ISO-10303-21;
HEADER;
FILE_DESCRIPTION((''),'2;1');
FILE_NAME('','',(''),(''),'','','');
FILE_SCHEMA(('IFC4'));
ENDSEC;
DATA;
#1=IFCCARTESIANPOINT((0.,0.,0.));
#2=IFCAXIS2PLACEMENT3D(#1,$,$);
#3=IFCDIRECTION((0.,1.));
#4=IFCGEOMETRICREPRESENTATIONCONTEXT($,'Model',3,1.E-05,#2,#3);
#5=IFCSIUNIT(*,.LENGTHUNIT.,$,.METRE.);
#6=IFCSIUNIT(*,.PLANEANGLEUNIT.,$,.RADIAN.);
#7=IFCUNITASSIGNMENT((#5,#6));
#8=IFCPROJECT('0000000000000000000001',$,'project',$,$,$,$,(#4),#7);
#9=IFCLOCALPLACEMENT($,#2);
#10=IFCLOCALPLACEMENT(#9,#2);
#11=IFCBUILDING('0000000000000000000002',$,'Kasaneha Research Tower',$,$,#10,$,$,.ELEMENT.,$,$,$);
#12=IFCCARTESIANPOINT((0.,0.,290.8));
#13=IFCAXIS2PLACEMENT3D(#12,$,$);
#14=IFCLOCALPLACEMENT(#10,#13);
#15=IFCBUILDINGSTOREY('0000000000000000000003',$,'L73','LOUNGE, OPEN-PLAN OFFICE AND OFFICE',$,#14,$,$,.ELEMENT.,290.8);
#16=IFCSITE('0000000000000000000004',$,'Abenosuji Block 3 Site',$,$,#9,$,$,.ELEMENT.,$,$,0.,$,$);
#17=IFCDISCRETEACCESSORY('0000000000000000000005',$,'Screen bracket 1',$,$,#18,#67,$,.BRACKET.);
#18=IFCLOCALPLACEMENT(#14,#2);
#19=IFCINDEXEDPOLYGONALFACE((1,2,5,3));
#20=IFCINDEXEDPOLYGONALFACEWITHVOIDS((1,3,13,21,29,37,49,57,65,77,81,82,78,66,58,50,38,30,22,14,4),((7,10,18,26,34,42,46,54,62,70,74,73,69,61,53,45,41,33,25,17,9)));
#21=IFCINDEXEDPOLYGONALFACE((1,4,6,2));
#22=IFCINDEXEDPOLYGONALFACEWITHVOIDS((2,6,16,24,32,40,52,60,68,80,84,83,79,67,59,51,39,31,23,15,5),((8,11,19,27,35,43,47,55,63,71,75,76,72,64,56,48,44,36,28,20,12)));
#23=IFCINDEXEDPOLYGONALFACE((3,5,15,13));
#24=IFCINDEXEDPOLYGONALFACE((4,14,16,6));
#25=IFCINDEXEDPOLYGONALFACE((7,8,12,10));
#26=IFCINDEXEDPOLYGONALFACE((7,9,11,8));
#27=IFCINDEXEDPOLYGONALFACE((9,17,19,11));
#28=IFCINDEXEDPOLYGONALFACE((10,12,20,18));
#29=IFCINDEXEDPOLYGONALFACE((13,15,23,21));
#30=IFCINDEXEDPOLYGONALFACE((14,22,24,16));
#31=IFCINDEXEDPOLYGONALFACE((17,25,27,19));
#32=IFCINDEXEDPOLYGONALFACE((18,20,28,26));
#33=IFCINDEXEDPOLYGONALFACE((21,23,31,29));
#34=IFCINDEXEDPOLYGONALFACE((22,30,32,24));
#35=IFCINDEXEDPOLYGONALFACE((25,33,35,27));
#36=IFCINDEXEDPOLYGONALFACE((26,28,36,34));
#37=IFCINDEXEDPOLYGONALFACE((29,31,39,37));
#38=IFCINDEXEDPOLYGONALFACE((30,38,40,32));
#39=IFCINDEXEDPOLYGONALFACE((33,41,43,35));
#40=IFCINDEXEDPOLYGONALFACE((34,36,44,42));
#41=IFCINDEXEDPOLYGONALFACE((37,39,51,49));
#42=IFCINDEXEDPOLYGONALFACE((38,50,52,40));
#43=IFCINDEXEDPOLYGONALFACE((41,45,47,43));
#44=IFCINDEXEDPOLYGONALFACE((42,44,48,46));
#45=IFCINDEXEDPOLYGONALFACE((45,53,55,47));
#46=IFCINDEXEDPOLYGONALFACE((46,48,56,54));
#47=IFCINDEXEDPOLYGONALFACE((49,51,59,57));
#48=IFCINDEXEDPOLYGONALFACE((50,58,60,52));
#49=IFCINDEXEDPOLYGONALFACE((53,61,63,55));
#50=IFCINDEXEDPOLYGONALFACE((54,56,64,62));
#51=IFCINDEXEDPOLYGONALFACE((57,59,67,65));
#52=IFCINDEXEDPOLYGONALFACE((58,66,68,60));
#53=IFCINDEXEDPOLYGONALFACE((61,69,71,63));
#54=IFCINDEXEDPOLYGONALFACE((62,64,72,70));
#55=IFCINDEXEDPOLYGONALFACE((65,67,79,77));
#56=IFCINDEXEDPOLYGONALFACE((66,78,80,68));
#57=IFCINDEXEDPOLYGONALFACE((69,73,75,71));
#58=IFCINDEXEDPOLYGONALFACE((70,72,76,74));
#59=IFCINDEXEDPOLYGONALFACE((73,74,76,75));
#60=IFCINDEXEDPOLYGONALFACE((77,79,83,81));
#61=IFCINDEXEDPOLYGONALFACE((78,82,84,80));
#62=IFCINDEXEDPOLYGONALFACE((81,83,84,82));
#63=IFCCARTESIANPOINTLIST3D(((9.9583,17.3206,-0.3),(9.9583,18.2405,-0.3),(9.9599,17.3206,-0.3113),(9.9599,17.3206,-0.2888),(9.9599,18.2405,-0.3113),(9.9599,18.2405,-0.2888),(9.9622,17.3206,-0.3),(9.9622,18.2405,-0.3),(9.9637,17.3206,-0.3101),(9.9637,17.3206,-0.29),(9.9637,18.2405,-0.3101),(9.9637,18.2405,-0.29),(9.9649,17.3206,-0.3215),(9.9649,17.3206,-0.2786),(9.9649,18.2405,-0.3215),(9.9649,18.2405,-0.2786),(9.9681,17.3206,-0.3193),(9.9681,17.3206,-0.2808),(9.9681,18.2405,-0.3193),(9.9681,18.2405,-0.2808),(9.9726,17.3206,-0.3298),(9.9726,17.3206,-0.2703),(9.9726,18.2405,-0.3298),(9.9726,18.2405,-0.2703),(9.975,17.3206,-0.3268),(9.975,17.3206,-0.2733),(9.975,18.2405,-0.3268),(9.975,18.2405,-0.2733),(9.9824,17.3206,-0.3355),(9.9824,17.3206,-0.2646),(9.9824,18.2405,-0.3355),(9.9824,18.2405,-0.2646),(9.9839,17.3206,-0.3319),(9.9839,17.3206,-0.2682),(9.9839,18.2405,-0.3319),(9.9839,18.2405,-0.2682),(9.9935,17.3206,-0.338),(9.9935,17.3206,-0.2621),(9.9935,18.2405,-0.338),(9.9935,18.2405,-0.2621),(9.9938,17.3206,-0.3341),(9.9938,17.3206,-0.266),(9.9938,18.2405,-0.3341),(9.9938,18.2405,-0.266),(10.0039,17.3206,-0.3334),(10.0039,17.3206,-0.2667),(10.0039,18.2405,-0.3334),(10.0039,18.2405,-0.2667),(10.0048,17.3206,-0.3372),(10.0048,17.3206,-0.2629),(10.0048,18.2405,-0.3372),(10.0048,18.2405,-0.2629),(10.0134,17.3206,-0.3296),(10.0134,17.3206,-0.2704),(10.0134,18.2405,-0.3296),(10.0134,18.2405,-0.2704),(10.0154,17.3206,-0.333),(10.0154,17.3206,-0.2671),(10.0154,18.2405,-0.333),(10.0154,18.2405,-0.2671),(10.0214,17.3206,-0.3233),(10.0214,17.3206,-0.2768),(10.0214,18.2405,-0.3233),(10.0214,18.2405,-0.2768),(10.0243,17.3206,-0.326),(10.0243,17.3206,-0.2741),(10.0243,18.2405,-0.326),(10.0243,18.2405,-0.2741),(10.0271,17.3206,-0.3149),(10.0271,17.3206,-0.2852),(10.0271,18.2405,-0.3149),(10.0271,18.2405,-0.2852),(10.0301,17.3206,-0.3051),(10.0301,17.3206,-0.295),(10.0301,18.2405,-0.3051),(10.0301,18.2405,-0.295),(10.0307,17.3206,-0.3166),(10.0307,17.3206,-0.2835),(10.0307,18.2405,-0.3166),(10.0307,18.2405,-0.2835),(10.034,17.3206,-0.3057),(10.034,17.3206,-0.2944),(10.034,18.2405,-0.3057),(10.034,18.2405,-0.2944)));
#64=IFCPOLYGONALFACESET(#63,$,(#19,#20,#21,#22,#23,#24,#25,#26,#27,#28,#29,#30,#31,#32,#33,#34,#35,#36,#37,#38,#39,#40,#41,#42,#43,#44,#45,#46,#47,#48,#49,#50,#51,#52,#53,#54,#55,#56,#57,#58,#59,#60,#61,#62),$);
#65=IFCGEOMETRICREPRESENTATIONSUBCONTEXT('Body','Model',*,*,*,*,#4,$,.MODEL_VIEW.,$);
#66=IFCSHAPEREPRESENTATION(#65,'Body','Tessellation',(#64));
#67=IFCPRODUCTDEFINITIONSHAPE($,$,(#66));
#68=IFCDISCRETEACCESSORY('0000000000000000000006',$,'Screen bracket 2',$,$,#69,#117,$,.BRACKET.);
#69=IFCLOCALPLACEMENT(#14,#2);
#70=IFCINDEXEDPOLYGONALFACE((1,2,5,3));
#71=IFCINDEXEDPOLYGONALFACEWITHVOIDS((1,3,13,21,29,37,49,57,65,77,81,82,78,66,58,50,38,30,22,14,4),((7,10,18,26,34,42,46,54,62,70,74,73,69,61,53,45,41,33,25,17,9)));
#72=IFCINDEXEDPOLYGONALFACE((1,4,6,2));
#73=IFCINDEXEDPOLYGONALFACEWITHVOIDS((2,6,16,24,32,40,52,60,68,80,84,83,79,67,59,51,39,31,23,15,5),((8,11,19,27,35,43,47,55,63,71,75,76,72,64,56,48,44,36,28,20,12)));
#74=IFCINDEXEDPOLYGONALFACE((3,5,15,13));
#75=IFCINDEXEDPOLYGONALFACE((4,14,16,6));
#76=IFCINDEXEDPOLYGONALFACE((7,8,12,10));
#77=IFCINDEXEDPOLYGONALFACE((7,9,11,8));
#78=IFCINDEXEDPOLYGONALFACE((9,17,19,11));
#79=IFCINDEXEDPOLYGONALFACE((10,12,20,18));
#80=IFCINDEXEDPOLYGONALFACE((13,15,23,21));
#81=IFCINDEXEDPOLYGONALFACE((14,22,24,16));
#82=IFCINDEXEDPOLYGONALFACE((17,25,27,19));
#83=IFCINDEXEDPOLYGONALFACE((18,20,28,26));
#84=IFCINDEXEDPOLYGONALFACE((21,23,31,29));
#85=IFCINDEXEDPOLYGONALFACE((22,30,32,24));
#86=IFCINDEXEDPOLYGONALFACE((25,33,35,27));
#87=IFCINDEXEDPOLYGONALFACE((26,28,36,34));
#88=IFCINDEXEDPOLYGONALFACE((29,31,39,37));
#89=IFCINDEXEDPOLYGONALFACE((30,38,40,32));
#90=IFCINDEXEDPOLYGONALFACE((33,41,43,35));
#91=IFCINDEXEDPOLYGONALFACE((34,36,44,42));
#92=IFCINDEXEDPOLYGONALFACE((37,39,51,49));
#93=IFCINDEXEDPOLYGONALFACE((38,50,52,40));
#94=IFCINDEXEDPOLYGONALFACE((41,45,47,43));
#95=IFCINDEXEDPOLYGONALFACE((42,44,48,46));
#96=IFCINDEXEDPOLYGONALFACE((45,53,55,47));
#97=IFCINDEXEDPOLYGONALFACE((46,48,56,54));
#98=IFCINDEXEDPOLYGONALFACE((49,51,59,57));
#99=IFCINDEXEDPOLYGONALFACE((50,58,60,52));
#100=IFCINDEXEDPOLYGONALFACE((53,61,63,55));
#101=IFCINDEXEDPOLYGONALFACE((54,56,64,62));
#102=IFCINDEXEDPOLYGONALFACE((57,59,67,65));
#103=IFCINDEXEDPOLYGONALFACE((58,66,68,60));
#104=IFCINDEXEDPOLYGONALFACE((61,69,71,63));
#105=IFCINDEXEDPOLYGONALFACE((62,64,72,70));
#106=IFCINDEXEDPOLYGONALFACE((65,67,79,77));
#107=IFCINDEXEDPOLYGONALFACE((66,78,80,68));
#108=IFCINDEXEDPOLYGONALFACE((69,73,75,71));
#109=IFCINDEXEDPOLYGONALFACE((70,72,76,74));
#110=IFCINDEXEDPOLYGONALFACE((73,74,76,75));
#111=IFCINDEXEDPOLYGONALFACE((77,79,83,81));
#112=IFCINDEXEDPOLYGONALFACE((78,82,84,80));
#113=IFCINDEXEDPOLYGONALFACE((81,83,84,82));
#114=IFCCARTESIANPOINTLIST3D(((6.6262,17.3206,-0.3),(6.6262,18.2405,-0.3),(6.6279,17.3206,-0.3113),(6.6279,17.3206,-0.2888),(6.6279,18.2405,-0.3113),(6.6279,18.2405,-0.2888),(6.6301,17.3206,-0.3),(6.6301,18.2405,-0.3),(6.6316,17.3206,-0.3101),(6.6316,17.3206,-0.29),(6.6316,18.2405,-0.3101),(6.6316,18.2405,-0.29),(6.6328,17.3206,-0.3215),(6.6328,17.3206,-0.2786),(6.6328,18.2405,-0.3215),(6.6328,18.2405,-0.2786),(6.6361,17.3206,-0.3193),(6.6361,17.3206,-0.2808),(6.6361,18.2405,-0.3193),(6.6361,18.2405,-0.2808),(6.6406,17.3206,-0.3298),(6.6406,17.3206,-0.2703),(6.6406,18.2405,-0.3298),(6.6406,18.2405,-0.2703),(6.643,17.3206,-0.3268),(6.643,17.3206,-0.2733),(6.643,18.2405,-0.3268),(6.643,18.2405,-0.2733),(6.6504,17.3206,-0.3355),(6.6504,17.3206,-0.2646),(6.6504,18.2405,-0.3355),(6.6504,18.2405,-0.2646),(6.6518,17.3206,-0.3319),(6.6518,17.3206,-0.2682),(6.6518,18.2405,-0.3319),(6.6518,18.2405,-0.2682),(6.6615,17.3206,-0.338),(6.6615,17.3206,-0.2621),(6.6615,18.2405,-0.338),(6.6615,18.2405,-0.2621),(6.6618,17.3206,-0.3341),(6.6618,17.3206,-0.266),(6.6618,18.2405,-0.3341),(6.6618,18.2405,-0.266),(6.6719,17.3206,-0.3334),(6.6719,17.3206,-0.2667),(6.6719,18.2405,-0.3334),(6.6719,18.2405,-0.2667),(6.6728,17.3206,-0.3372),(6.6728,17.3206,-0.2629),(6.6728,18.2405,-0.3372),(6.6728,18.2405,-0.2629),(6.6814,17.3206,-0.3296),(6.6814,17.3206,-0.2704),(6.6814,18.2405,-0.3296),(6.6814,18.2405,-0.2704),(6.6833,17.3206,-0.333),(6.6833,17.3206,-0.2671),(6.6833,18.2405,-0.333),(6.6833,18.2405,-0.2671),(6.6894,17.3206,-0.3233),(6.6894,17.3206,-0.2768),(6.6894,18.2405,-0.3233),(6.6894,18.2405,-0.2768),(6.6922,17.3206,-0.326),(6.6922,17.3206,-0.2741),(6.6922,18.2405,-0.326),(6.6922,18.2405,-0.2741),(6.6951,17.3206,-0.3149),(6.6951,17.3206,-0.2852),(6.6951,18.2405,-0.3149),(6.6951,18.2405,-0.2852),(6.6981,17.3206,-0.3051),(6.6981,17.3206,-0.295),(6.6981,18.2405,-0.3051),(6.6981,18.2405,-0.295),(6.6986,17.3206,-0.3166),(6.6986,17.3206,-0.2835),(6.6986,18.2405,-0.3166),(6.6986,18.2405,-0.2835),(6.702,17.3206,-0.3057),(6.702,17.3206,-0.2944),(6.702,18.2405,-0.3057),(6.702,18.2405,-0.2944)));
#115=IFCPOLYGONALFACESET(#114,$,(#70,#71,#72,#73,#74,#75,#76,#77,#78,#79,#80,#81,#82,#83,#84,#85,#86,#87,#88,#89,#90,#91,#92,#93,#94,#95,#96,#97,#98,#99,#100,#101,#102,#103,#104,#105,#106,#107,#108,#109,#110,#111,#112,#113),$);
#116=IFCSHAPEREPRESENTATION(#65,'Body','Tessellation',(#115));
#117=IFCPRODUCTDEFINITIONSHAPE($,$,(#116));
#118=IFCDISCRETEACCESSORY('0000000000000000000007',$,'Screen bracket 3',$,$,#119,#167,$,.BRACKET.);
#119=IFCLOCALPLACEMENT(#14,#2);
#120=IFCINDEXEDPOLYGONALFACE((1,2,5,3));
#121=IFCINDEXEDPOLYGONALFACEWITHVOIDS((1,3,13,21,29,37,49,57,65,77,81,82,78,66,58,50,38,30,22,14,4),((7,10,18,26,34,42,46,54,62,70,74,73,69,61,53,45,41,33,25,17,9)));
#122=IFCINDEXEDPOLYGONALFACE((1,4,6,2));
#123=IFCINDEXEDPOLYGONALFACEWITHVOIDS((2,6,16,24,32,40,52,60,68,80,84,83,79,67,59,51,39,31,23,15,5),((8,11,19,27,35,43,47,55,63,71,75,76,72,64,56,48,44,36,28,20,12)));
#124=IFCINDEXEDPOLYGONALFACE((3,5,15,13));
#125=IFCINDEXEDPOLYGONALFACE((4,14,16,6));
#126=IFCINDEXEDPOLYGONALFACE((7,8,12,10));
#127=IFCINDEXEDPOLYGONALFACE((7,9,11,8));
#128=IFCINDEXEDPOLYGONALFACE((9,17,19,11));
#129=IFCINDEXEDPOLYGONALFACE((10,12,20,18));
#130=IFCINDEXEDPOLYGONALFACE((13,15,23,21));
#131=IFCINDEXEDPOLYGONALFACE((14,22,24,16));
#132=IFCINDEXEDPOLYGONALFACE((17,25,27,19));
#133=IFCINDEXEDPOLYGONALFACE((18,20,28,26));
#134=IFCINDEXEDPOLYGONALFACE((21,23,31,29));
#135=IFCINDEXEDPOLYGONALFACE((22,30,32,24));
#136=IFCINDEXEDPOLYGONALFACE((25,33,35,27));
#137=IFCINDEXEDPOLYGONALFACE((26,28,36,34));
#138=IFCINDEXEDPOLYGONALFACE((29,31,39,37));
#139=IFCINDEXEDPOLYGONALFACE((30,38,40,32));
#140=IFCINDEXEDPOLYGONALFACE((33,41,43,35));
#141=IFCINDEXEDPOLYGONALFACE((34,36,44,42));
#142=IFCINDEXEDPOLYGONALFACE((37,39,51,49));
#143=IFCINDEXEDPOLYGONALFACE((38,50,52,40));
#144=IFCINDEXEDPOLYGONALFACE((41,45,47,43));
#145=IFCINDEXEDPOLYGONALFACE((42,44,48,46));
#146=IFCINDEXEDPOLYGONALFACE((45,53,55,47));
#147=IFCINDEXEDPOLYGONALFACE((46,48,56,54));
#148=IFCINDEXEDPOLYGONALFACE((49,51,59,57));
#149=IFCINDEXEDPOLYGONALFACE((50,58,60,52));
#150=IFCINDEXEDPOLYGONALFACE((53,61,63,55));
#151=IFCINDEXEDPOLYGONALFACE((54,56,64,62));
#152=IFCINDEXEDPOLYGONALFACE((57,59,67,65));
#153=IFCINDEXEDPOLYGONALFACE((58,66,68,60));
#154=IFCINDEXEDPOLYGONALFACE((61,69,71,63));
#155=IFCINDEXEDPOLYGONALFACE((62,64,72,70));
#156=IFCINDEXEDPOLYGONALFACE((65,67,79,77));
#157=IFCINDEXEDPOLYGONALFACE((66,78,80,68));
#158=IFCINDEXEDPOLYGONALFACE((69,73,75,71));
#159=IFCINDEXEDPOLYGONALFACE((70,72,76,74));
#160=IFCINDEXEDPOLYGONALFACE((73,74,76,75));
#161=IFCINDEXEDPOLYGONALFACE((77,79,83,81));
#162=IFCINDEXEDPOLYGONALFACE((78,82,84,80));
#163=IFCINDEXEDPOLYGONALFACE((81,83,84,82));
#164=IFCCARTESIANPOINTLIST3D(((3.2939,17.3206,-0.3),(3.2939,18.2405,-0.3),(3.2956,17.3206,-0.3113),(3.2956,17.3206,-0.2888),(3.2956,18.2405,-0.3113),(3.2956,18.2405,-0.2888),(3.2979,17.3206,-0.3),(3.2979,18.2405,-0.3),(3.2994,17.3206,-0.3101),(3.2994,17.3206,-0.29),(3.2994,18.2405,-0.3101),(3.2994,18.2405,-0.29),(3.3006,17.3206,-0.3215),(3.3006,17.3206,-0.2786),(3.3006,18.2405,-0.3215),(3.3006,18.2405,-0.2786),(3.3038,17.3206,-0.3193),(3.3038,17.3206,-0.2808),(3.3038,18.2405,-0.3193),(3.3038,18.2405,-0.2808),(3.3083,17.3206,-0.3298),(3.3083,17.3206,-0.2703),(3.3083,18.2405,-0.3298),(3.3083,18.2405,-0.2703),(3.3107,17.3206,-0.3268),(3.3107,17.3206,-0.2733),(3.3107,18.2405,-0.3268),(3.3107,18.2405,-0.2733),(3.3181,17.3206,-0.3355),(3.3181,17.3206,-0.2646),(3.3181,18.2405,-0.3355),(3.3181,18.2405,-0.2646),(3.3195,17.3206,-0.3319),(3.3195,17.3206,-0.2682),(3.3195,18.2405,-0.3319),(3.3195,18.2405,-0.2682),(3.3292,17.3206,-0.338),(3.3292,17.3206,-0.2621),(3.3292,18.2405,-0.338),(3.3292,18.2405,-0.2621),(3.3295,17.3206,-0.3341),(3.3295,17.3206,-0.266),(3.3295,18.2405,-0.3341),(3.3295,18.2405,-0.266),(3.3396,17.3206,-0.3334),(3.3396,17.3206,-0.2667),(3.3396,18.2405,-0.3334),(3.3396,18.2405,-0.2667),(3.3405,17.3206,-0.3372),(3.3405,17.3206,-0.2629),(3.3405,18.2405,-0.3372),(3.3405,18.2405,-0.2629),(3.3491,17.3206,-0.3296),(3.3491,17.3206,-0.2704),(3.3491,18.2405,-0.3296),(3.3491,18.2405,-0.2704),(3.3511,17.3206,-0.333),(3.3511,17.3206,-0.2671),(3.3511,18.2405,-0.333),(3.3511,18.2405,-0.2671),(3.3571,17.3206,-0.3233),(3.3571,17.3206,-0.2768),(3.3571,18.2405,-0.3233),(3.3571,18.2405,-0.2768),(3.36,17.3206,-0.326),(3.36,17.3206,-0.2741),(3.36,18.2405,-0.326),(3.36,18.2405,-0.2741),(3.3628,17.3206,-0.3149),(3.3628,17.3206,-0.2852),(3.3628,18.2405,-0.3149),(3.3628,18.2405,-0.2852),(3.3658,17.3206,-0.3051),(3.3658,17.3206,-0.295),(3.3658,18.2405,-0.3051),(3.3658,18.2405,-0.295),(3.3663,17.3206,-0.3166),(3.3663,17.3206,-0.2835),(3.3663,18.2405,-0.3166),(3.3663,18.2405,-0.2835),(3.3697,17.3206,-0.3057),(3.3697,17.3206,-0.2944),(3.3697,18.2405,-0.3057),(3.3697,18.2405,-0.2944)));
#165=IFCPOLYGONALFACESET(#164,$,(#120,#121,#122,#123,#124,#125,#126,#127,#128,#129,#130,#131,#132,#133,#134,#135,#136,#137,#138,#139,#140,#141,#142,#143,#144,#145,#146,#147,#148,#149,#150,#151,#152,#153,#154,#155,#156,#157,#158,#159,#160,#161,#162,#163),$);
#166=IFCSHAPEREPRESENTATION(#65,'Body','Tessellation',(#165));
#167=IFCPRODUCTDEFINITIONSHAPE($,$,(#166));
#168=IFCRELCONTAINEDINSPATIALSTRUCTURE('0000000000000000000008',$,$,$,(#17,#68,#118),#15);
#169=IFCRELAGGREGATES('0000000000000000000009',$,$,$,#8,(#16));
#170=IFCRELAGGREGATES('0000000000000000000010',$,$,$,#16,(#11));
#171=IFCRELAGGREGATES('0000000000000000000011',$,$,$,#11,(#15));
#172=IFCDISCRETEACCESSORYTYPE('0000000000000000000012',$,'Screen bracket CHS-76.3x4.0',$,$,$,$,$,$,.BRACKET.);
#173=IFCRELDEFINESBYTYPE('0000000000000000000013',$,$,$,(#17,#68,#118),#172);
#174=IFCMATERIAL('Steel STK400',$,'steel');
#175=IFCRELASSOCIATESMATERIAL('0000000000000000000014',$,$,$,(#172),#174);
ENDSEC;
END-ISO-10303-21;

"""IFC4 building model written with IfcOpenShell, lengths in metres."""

from ifc_helpers import new_model, si_unit, direction, frame, origin, origin_2d, place, context, subcontext, project, spatial, hollow_circle, extrude, material, material_profile, profile_set, type_object, element, save


model = new_model("IFC4")

# Units and contexts
model_context = context("Model", 3, precision=1e-05, world=origin(), true_north=direction((0.0, 1.0)))
body_context = subcontext(model_context, "Body", "Model", "MODEL_VIEW")
ifc_project = project(units=[si_unit("LENGTHUNIT", "METRE"), si_unit("PLANEANGLEUNIT", "RADIAN")], contexts=[model_context])

# Site, building, storey
site_placement = place(None, origin())
site = spatial("IfcSite", under=ifc_project, at=site_placement, Name="Abenosuji Block 3 Site", CompositionType="ELEMENT", RefElevation=0.0)
building_placement = place(site_placement, origin())
building = spatial("IfcBuilding", under=site, at=building_placement, Name="Kasaneha Research Tower", CompositionType="ELEMENT")
storey_placement = place(building_placement, frame((0.0, 0.0, 290.8)))
storey = spatial("IfcBuildingStorey", under=building, at=storey_placement, Name="L73", Description="LOUNGE, OPEN-PLAN OFFICE AND OFFICE", CompositionType="ELEMENT", Elevation=290.8)

# Discrete accessories
ifc_material_1 = material(Name="Steel STK400", Category="steel")
ifc_material_profile_1 = material_profile(ifc_material_1, hollow_circle(Radius=0.0381, WallThickness=0.0039, at=origin_2d()), Name="CHS-76.3x4.0")
ifc_profile_set_1 = profile_set([ifc_material_profile_1], Name="Steel STK400")
discrete_accessory_type = type_object("IfcDiscreteAccessoryType", Name="Screen bracket CHS-76.3x4.0", PredefinedType="BRACKET", material=ifc_profile_set_1)
for number, where, z_axis, x_axis, name in (
    (1, (9.9963, 17.3206, -0.3), (0.0, 1.0, 0.0), (-1.0, 0.0, 0.0), "Screen bracket 1"),
    (2, (6.6643, 17.3206, -0.3), (0.0, 1.0, 0.0), (-1.0, 0.0, 0.0), "Screen bracket 2"),
    (3, (3.332, 17.3206, -0.3), (0.0, 1.0, 0.0), (-1.0, 0.0, 0.0), "Screen bracket 3"),
):
    element("IfcDiscreteAccessory", number, at=place(storey_placement, frame(where, z_axis=z_axis, x_axis=x_axis)), inside=storey, type_object=discrete_accessory_type, Name=name, PredefinedType="BRACKET", context=body_context, shape_type="SweptSolid", body=[
        extrude(hollow_circle(Radius=0.0381, WallThickness=0.0039, at=origin_2d()), origin(), (0.0, 0.0, 1.0), 0.9199),
    ])

save(model, "model.ifc")
